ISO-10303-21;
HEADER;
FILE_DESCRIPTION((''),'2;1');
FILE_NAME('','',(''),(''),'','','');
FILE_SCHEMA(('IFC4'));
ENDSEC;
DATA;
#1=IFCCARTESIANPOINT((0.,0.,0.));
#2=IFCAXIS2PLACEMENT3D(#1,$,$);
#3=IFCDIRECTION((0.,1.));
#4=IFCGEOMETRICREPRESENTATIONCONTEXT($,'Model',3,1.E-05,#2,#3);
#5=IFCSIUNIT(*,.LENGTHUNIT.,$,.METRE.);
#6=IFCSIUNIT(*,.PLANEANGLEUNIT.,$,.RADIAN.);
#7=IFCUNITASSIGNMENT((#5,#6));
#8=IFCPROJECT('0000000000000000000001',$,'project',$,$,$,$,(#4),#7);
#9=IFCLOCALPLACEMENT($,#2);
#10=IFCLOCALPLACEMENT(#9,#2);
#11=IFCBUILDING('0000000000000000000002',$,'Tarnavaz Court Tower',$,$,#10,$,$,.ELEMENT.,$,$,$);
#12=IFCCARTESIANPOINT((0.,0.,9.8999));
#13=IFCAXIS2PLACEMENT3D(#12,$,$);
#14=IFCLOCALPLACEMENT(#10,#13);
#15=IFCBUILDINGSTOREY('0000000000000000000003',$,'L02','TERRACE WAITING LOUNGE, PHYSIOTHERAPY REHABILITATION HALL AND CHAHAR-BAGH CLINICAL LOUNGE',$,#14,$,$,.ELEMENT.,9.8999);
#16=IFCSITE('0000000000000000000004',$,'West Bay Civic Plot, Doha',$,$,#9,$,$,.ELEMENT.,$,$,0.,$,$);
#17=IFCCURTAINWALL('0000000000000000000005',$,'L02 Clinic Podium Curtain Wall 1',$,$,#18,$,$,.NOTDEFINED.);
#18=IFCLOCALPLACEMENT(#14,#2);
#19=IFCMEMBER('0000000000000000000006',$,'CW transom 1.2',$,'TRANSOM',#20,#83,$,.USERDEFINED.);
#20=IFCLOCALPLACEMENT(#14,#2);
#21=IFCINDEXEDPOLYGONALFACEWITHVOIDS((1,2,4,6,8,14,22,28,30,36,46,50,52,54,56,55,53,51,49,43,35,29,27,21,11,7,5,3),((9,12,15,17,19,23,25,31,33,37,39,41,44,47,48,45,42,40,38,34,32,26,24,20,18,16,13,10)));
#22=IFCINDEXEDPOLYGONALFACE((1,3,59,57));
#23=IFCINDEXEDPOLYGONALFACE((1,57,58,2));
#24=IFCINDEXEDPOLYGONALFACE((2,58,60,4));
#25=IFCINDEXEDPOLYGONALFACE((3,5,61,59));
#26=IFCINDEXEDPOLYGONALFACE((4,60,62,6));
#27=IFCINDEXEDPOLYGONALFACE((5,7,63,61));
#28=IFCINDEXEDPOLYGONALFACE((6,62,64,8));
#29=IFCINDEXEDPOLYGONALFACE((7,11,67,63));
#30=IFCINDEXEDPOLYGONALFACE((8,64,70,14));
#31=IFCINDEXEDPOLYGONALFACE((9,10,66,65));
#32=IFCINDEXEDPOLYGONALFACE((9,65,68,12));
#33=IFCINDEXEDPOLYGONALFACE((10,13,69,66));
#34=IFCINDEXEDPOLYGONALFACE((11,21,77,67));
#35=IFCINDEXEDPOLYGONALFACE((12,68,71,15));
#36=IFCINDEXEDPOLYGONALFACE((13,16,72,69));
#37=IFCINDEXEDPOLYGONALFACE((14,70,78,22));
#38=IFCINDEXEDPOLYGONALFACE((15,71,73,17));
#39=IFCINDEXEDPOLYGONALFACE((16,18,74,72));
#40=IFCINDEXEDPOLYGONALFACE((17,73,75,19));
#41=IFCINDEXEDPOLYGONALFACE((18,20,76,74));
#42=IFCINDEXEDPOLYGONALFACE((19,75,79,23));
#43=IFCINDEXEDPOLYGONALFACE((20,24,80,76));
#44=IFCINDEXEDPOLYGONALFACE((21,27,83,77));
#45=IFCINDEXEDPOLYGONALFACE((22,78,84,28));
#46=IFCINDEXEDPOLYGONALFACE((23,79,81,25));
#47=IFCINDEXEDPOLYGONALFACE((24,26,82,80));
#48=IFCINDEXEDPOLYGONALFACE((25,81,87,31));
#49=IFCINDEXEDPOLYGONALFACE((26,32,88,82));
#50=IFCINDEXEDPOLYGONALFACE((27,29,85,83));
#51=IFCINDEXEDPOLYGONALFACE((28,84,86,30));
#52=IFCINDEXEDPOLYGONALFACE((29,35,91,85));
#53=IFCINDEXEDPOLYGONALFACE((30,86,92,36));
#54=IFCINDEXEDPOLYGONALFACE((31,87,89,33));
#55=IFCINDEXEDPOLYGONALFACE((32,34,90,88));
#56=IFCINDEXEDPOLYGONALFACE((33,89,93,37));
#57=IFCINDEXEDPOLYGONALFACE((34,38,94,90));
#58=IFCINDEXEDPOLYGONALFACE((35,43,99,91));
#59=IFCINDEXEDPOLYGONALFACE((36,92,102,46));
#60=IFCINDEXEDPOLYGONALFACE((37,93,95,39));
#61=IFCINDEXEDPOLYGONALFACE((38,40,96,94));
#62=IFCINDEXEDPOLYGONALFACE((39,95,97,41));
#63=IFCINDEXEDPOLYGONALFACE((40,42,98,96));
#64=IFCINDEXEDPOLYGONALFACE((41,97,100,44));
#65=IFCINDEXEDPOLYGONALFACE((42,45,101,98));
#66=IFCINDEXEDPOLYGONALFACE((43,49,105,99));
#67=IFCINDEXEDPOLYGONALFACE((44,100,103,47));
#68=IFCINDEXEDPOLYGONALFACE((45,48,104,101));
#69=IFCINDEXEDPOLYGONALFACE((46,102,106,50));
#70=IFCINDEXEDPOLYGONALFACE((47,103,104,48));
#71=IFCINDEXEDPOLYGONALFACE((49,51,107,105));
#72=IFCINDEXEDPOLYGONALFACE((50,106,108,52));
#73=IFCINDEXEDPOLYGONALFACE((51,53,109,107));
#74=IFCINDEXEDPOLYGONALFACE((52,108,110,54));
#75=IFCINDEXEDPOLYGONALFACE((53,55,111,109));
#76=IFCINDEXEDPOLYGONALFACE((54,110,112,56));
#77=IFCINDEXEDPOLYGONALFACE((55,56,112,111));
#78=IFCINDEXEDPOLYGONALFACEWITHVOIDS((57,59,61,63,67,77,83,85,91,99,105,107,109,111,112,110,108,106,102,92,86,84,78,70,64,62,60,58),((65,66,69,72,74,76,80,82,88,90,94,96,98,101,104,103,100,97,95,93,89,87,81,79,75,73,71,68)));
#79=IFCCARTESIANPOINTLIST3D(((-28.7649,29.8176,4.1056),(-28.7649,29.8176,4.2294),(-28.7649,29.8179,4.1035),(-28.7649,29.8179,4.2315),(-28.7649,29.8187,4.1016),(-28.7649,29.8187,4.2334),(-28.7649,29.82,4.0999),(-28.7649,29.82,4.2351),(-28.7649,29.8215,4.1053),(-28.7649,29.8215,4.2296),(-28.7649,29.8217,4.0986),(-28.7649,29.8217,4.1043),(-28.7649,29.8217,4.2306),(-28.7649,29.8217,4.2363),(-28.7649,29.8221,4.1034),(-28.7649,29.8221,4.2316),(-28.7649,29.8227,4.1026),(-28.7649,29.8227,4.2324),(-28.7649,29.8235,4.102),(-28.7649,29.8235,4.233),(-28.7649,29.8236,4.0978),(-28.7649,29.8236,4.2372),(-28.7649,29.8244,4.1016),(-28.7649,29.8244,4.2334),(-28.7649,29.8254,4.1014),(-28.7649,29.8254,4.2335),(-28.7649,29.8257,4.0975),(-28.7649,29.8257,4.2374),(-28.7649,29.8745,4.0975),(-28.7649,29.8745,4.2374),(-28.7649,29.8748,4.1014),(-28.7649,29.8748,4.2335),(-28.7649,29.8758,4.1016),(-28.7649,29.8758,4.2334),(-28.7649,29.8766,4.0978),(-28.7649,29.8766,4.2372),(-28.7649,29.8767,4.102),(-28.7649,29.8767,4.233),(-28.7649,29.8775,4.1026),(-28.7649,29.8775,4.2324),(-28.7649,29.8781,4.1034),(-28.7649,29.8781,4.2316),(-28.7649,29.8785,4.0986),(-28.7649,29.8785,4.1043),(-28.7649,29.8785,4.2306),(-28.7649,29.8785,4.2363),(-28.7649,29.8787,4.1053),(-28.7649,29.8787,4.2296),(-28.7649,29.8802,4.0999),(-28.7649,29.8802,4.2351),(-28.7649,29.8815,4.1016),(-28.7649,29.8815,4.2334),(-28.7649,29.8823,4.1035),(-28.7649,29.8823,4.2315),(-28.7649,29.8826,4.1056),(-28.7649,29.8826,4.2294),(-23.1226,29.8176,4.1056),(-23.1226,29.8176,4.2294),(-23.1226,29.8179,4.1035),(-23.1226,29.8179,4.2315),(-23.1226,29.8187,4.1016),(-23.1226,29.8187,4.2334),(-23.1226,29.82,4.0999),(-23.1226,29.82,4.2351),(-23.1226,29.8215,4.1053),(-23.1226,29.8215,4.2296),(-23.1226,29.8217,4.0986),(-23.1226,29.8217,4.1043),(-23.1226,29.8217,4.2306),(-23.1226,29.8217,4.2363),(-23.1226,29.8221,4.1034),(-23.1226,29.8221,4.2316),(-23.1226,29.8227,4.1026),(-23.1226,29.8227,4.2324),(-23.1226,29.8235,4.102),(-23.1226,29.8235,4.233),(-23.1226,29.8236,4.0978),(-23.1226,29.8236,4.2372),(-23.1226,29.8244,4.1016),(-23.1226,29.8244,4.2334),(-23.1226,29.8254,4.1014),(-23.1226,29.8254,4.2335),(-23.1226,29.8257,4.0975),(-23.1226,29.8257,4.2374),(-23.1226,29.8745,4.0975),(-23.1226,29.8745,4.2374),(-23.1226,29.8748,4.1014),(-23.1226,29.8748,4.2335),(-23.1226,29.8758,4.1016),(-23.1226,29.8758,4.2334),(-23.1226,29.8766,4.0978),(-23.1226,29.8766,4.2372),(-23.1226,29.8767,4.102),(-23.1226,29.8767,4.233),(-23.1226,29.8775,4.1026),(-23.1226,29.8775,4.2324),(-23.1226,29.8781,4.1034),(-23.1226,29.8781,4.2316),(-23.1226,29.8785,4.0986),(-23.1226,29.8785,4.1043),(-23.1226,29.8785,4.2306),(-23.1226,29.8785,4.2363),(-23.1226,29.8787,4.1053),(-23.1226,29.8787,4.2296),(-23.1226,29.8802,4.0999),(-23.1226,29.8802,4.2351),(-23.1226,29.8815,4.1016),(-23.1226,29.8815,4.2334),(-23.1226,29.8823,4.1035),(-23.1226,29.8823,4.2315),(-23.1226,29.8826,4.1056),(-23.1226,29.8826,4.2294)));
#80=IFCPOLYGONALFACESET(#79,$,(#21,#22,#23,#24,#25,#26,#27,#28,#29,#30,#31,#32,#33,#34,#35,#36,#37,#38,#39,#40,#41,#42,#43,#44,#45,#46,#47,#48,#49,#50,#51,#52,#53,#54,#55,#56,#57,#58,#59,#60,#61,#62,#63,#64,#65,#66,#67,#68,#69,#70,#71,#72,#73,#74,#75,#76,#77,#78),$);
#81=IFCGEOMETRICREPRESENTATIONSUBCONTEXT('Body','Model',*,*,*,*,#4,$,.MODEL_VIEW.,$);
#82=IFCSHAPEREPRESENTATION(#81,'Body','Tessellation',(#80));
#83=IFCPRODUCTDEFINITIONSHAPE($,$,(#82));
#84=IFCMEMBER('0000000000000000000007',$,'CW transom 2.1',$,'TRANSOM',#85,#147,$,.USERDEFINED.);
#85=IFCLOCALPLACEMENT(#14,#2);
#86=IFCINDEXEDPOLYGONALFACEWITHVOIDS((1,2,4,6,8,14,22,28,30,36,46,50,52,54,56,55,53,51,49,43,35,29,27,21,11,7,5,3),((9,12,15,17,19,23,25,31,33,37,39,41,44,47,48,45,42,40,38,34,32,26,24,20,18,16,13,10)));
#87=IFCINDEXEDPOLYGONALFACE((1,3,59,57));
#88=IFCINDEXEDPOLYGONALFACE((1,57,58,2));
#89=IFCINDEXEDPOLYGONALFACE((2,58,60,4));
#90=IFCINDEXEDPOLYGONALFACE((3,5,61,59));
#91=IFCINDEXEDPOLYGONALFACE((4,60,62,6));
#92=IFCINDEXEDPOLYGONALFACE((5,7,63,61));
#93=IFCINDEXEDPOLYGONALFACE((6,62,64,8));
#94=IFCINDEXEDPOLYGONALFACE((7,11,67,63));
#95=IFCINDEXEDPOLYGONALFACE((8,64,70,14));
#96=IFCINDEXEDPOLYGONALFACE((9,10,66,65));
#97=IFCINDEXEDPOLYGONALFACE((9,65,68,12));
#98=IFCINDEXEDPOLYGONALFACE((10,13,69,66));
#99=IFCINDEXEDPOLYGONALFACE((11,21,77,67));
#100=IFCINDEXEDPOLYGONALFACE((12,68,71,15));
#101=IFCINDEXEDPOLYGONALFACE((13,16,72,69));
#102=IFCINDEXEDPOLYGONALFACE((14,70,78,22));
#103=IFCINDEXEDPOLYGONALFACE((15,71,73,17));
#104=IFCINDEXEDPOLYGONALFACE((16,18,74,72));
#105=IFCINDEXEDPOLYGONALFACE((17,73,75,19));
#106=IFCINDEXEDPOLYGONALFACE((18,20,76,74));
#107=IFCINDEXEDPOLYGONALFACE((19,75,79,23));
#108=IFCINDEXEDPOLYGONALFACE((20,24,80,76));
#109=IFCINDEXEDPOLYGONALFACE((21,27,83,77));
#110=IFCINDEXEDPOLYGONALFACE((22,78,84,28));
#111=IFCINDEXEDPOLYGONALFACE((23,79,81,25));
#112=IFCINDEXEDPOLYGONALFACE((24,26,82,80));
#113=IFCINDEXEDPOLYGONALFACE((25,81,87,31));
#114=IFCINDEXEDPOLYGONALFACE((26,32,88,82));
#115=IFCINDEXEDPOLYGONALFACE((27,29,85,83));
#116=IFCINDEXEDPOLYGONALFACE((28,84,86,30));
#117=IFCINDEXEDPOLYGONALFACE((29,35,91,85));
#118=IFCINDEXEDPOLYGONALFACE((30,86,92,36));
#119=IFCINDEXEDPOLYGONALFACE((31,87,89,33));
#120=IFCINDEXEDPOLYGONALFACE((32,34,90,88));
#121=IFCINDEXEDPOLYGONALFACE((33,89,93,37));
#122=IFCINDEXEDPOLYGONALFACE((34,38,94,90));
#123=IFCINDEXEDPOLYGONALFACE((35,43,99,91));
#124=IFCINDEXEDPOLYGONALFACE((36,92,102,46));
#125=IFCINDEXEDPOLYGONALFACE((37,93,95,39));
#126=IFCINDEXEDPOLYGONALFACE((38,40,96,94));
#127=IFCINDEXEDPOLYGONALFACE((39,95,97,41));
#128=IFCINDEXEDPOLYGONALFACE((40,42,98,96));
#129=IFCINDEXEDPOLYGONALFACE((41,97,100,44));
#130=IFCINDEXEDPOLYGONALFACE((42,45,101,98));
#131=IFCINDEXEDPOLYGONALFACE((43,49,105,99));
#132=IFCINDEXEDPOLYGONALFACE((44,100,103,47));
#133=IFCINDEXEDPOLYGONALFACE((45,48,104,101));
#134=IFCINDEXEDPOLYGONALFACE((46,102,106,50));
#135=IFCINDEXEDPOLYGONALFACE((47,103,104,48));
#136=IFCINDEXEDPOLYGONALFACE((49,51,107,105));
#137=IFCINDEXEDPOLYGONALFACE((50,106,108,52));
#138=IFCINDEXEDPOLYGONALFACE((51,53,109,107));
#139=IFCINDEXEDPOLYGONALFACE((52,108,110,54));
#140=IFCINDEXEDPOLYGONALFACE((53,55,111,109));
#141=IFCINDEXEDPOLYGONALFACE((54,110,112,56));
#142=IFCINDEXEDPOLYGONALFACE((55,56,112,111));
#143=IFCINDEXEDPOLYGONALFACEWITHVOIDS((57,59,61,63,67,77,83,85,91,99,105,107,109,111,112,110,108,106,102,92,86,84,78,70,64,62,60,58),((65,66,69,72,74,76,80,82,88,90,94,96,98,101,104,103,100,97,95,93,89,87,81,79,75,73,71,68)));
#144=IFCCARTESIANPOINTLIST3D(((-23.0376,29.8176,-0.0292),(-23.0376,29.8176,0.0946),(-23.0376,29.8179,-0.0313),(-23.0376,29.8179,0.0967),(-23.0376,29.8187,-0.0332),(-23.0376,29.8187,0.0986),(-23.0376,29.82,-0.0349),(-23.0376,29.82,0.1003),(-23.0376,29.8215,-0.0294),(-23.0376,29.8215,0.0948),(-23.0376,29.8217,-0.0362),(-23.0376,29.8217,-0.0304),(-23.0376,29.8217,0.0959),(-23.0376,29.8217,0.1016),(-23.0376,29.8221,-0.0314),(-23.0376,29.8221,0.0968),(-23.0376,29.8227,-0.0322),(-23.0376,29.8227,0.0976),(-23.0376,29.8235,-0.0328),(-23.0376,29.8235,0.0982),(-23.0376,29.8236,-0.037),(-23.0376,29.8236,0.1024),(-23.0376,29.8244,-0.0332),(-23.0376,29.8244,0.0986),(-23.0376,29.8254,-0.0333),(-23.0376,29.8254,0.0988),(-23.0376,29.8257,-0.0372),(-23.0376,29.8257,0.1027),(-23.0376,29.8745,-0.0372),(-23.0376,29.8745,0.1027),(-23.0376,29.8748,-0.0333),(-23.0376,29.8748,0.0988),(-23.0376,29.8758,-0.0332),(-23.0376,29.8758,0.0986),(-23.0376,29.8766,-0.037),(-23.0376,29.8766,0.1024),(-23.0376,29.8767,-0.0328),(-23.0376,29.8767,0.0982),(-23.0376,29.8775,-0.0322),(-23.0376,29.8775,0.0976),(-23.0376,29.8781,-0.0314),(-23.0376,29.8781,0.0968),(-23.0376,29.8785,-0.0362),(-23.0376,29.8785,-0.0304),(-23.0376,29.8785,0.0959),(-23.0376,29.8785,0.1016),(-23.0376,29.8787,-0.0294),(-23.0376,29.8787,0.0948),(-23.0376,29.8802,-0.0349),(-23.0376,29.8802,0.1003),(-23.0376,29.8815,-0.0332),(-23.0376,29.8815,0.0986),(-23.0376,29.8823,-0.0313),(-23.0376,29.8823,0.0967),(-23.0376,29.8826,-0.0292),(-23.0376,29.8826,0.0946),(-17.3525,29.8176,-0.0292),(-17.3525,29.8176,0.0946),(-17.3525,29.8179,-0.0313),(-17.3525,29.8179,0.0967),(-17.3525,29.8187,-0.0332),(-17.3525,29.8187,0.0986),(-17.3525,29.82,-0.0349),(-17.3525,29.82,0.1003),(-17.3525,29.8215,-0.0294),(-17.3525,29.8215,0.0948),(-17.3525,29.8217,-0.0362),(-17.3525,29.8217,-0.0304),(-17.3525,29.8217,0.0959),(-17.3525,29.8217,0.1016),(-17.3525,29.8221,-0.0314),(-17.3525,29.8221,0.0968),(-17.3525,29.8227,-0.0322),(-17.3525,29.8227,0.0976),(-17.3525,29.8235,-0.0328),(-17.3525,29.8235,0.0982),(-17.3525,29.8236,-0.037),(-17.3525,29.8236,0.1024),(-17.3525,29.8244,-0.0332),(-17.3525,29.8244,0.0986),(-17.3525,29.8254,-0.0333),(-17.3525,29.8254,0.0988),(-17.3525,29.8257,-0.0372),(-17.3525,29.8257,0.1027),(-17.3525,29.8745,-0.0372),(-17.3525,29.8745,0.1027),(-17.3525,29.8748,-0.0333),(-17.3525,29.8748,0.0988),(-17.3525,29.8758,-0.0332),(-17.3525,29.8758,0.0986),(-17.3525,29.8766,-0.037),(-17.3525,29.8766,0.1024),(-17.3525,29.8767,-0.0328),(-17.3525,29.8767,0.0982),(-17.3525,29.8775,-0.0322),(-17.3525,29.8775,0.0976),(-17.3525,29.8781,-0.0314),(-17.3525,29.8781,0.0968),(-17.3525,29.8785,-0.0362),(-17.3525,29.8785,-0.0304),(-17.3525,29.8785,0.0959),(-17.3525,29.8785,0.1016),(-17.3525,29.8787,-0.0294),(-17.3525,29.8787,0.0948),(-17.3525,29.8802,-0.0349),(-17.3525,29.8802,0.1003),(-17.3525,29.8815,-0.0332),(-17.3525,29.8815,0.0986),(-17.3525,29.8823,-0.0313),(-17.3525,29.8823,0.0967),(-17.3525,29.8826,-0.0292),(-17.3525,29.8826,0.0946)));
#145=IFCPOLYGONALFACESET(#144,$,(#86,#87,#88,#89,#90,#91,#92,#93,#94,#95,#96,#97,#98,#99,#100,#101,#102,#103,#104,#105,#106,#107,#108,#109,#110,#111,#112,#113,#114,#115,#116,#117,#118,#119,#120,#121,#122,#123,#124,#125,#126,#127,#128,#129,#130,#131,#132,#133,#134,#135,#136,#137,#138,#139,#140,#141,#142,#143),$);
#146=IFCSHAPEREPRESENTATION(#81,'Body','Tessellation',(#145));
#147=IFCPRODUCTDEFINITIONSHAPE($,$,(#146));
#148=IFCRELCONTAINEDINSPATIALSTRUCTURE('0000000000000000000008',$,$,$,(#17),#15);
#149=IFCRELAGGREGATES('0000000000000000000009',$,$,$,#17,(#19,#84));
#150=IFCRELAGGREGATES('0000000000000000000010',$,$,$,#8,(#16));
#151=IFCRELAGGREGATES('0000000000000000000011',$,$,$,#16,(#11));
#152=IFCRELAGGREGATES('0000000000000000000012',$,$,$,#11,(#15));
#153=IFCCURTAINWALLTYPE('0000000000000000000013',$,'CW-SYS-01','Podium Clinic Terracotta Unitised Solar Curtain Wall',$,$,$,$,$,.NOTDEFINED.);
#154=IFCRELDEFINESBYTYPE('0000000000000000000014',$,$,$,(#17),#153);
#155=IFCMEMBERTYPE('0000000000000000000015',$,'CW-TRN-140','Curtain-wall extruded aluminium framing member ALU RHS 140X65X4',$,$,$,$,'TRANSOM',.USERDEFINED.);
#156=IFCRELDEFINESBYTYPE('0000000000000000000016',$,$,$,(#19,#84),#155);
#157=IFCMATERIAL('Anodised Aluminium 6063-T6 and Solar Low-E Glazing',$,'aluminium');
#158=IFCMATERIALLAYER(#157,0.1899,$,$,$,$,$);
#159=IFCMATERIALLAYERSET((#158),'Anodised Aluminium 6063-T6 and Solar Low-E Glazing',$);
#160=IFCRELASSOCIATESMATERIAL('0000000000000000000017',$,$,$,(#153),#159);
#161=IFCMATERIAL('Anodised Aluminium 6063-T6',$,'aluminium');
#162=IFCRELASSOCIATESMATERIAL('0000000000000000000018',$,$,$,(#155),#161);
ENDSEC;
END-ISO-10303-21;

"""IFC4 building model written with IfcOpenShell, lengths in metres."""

from ifc_helpers import new_model, si_unit, direction, frame, origin, origin_2d, place, context, subcontext, project, spatial, hollow_rectangle, extrude, material, layer, layer_set, material_profile, profile_set, type_object, element, aggregate, save


model = new_model("IFC4")

# Units and contexts
model_context = context("Model", 3, precision=1e-05, world=origin(), true_north=direction((0.0, 1.0)))
body_context = subcontext(model_context, "Body", "Model", "MODEL_VIEW")
ifc_project = project(units=[si_unit("LENGTHUNIT", "METRE"), si_unit("PLANEANGLEUNIT", "RADIAN")], contexts=[model_context])

# Site, building, storey
site_placement = place(None, origin())
site = spatial("IfcSite", under=ifc_project, at=site_placement, Name="West Bay Civic Plot, Doha", CompositionType="ELEMENT", RefElevation=0.0)
building_placement = place(site_placement, origin())
building = spatial("IfcBuilding", under=site, at=building_placement, Name="Tarnavaz Court Tower", CompositionType="ELEMENT")
storey_placement = place(building_placement, frame((0.0, 0.0, 9.8999)))
storey = spatial("IfcBuildingStorey", under=building, at=storey_placement, Name="L02", Description="TERRACE WAITING LOUNGE, PHYSIOTHERAPY REHABILITATION HALL AND CHAHAR-BAGH CLINICAL LOUNGE", CompositionType="ELEMENT", Elevation=9.8999)

# Curtain wall, members
ifc_material_1 = material(Name="Anodised Aluminium 6063-T6 and Solar Low-E Glazing", Category="aluminium")
ifc_layer_1 = layer(ifc_material_1, 0.1899)
ifc_layer_set_1 = layer_set([ifc_layer_1], Name="Anodised Aluminium 6063-T6 and Solar Low-E Glazing")
curtain_wall_type = type_object("IfcCurtainWallType", Name="CW-SYS-01", Description="Podium Clinic Terracotta Unitised Solar Curtain Wall", PredefinedType="NOTDEFINED", material=ifc_layer_set_1)
curtain_wall_placement = place(storey_placement, origin())
curtain_wall = element("IfcCurtainWall", 1, at=curtain_wall_placement, inside=storey, type_object=curtain_wall_type, Name="L02 Clinic Podium Curtain Wall 1", PredefinedType="NOTDEFINED")
ifc_material_2 = material(Name="Anodised Aluminium 6063-T6", Category="aluminium")
ifc_material_profile_1 = material_profile(ifc_material_2, hollow_rectangle(XDim=0.0649, YDim=0.1399, WallThickness=0.0039, InnerFilletRadius=0.0039, OuterFilletRadius=0.0081, at=origin_2d()), Name="ALU RHS 140X65X4")
ifc_profile_set_1 = profile_set([ifc_material_profile_1], Name="Anodised Aluminium 6063-T6")
member_type_1 = type_object("IfcMemberType", Name="CW-TRN-140", Description="Curtain-wall extruded aluminium framing member ALU RHS 140X65X4", ElementType="TRANSOM", PredefinedType="USERDEFINED", material=ifc_profile_set_1)
member_1_placement = place(storey_placement, frame((-28.7649, 29.8501, 4.1675), z_axis=(1.0, 0.0, 0.0), x_axis=(0.0, 1.0, 0.0)))
member_1 = element("IfcMember", 2, at=member_1_placement, type_object=member_type_1, Name="CW transom 1.2", ObjectType="TRANSOM", PredefinedType="USERDEFINED", context=body_context, shape_type="SweptSolid", body=[
    extrude(hollow_rectangle(XDim=0.0649, YDim=0.1399, WallThickness=0.0039, InnerFilletRadius=0.0039, OuterFilletRadius=0.0081, at=origin_2d()), origin(), (0.0, 0.0, 1.0), 5.6423),
])
member_2_placement = place(storey_placement, frame((-23.0376, 29.8501, 0.0327), z_axis=(1.0, 0.0, 0.0), x_axis=(0.0, 1.0, 0.0)))
member_2 = element("IfcMember", 3, at=member_2_placement, type_object=member_type_1, Name="CW transom 2.1", ObjectType="TRANSOM", PredefinedType="USERDEFINED", context=body_context, shape_type="SweptSolid", body=[
    extrude(hollow_rectangle(XDim=0.0649, YDim=0.1399, WallThickness=0.0039, InnerFilletRadius=0.0039, OuterFilletRadius=0.0081, at=origin_2d()), origin(), (0.0, 0.0, 1.0), 5.6851),
])
aggregate(curtain_wall, [member_1, member_2])

save(model, "model.ifc")
